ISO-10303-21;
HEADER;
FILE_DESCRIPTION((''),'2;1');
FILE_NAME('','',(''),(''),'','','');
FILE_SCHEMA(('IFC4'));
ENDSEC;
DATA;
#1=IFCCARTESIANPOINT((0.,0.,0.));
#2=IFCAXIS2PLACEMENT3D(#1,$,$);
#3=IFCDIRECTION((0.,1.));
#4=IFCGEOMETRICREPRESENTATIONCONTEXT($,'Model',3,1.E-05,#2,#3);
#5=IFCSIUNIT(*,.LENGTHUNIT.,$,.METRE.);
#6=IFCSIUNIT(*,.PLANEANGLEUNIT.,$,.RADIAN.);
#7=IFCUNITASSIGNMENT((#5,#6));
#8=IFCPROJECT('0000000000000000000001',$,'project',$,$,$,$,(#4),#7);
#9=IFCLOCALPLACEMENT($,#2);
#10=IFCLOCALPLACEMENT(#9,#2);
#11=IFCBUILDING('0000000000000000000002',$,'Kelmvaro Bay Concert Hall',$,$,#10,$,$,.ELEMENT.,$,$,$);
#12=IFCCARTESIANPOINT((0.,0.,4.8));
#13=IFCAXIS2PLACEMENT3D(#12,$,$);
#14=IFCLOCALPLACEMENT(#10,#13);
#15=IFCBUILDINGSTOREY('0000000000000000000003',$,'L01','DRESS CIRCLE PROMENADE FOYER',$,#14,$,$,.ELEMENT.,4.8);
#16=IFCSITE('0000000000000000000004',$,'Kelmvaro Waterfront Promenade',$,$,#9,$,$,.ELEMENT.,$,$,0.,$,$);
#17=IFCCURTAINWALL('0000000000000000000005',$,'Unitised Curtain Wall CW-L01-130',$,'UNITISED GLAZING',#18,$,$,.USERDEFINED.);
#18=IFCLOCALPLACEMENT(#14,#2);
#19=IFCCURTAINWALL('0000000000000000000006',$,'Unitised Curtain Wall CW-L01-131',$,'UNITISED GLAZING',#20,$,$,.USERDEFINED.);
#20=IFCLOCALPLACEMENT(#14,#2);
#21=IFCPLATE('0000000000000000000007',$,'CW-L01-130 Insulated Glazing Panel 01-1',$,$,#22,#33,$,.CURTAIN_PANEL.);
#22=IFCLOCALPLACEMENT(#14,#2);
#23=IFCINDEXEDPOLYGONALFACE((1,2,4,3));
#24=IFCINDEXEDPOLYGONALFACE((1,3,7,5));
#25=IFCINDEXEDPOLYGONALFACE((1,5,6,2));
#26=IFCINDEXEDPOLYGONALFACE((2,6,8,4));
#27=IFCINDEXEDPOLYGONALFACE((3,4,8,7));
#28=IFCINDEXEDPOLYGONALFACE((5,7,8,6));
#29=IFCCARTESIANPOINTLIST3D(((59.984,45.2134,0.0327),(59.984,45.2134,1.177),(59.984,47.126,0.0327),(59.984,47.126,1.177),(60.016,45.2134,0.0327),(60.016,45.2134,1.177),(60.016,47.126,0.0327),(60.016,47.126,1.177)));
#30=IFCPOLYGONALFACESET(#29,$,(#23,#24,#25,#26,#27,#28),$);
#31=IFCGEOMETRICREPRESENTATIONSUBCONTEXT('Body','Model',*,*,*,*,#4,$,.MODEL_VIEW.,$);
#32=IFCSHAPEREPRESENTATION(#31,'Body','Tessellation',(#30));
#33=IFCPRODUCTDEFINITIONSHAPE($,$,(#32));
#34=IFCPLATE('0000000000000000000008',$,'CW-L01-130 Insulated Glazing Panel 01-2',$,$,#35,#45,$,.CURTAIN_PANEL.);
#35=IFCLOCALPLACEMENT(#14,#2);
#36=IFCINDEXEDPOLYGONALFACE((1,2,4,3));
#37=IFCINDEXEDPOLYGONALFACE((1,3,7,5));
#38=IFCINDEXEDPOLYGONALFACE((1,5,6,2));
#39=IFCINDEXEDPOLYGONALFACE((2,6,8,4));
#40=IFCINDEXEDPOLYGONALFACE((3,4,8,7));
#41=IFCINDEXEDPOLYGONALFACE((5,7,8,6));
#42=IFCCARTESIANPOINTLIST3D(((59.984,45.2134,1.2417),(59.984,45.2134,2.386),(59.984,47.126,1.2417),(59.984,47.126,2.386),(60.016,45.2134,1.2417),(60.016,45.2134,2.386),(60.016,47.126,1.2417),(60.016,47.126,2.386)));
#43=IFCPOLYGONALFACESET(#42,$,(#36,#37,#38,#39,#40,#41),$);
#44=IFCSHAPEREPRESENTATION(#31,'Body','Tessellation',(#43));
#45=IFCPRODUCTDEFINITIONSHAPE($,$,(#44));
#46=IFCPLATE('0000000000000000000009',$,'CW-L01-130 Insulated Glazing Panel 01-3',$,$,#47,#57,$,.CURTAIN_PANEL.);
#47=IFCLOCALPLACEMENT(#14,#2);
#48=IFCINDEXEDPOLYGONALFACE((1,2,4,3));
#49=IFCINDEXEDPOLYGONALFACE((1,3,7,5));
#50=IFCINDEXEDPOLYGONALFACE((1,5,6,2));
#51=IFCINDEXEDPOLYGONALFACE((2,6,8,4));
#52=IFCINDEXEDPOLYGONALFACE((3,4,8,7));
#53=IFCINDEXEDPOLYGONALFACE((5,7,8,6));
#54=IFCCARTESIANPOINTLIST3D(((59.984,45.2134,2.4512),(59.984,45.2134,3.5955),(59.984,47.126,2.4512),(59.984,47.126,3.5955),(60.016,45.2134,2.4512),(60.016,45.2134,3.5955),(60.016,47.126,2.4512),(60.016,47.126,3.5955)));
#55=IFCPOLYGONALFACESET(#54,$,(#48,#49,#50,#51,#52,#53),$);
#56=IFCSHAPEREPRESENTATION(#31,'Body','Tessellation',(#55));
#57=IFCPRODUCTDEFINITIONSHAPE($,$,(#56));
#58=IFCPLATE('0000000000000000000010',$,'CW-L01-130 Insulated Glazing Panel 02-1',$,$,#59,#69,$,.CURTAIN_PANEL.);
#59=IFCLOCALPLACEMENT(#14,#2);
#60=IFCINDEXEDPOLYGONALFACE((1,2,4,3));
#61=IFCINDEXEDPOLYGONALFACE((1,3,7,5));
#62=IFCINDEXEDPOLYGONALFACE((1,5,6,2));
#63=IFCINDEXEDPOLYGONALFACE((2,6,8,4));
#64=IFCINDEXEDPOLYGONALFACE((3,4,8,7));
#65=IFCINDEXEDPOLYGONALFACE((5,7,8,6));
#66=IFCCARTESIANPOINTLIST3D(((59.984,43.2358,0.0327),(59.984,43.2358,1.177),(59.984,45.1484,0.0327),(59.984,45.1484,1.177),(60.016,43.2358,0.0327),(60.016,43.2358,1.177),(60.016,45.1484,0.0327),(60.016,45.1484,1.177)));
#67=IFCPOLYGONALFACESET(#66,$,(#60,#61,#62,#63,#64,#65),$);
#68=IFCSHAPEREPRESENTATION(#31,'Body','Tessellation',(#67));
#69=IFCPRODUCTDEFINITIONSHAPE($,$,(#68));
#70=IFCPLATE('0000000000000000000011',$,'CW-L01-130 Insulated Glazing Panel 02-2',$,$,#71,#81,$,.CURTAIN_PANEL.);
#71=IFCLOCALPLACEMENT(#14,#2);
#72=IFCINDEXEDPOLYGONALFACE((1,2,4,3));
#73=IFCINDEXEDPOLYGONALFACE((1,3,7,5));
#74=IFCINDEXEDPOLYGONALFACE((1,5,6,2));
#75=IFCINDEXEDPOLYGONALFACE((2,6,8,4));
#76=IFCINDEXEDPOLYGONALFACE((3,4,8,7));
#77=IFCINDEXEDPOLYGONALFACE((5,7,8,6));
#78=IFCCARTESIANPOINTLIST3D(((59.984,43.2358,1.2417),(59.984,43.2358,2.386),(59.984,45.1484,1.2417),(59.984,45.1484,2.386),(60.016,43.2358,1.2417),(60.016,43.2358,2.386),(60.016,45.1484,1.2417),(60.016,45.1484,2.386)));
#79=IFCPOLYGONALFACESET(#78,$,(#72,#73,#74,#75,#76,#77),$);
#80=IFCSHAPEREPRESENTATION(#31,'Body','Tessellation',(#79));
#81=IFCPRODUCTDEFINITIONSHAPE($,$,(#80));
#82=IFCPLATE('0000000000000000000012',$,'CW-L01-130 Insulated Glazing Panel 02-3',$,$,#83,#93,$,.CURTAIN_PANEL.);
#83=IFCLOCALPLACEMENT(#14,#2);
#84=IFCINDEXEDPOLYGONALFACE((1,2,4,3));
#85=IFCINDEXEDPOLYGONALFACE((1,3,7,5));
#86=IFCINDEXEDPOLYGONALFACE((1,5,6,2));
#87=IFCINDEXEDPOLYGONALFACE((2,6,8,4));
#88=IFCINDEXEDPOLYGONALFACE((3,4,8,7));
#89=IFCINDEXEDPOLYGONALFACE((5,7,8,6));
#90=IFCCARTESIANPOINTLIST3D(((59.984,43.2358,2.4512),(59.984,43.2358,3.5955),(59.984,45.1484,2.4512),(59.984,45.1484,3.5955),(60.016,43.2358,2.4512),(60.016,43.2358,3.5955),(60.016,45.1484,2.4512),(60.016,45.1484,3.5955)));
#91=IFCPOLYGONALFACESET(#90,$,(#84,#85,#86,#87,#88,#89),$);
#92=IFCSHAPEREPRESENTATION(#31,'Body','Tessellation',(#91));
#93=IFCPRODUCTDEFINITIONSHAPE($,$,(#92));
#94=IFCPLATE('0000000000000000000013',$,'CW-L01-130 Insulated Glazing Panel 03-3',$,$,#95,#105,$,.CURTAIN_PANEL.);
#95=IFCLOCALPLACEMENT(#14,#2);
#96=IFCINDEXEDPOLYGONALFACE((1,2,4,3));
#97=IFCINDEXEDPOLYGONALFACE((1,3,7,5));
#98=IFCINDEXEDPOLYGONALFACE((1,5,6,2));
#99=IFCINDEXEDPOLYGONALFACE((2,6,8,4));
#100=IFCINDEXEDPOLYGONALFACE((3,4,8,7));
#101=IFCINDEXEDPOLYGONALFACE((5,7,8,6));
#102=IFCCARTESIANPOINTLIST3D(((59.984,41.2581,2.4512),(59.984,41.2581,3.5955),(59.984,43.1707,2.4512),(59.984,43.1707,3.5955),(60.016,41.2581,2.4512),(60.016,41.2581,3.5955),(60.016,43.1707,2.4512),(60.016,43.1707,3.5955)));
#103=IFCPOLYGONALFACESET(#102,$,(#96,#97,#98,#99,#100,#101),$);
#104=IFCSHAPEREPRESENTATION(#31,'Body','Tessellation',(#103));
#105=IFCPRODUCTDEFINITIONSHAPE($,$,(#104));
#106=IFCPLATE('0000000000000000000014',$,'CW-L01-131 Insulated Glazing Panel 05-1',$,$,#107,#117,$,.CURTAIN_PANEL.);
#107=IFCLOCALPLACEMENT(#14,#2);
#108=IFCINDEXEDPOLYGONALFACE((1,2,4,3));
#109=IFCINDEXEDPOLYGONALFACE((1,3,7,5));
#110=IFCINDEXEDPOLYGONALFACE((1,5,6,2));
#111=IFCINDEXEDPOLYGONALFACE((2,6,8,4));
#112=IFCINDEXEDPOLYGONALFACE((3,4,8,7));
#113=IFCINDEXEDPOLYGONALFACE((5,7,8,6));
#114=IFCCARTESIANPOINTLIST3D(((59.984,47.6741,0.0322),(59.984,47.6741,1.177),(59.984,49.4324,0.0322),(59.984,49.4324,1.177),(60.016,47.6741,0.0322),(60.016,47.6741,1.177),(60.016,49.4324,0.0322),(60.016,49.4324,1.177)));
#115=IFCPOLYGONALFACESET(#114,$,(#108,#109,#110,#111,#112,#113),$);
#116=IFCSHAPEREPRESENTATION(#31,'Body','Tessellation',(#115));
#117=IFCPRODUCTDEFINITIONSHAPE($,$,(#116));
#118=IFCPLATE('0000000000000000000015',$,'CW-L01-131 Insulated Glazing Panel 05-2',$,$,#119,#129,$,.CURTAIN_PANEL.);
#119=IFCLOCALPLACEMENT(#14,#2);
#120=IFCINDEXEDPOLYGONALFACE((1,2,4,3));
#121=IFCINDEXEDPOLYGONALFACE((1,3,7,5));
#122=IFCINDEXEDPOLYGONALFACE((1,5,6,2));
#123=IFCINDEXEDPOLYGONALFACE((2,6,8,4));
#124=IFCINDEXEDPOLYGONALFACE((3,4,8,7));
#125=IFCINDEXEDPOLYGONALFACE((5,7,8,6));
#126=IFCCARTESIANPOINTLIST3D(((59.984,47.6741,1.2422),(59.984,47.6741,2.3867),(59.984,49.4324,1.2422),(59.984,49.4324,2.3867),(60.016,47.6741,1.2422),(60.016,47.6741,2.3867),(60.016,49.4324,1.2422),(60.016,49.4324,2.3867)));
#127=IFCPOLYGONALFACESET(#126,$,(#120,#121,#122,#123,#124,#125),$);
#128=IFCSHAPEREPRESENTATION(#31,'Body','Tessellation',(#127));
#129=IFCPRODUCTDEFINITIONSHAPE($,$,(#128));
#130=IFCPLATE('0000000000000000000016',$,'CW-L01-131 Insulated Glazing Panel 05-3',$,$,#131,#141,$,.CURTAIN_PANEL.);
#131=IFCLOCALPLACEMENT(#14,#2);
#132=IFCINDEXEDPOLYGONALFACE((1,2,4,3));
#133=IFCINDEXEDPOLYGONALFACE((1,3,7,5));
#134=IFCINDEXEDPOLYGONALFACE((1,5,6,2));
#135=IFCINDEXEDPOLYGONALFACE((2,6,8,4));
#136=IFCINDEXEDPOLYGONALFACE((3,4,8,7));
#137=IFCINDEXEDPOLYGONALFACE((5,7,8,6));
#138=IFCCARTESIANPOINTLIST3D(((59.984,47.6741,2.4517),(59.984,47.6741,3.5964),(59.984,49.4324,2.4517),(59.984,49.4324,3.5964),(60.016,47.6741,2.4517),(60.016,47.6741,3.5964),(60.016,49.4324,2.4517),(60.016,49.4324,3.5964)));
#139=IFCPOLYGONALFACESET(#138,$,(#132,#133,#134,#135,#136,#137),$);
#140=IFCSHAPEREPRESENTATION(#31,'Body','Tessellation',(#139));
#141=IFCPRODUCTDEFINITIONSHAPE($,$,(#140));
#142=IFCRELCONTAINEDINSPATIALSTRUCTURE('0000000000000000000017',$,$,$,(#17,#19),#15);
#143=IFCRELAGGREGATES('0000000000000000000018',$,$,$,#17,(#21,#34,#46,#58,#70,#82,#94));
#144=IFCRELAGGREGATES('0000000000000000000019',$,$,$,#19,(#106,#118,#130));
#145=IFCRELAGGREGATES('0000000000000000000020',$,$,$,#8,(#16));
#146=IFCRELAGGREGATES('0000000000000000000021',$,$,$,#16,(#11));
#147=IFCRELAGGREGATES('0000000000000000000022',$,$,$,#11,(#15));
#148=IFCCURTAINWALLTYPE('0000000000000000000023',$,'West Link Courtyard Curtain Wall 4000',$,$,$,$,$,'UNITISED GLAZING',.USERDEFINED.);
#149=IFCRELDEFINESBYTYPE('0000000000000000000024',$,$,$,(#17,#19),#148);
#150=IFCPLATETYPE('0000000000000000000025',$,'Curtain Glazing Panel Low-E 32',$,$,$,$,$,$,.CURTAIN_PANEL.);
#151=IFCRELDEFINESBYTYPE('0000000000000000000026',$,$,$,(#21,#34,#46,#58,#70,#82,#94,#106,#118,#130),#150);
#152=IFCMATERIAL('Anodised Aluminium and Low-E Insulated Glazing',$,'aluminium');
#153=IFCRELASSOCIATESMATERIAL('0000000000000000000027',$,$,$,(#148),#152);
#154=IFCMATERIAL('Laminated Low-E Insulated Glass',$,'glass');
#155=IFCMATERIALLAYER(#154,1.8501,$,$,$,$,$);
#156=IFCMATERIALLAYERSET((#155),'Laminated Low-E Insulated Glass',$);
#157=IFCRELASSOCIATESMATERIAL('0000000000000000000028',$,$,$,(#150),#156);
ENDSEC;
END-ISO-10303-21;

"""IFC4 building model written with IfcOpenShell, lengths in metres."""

from ifc_helpers import new_model, si_unit, direction, frame, origin, origin_2d, place, context, subcontext, project, spatial, rectangle, extrude, material, layer, layer_set, type_object, element, aggregate, save


model = new_model("IFC4")

# Units and contexts
model_context = context("Model", 3, precision=1e-05, world=origin(), true_north=direction((0.0, 1.0)))
body_context = subcontext(model_context, "Body", "Model", "MODEL_VIEW")
ifc_project = project(units=[si_unit("LENGTHUNIT", "METRE"), si_unit("PLANEANGLEUNIT", "RADIAN")], contexts=[model_context])

# Site, building, storey
site_placement = place(None, origin())
site = spatial("IfcSite", under=ifc_project, at=site_placement, Name="Kelmvaro Waterfront Promenade", CompositionType="ELEMENT", RefElevation=0.0)
building_placement = place(site_placement, origin())
building = spatial("IfcBuilding", under=site, at=building_placement, Name="Kelmvaro Bay Concert Hall", CompositionType="ELEMENT")
storey_placement = place(building_placement, frame((0.0, 0.0, 4.8)))
storey = spatial("IfcBuildingStorey", under=building, at=storey_placement, Name="L01", Description="DRESS CIRCLE PROMENADE FOYER", CompositionType="ELEMENT", Elevation=4.8)

# Curtain wall
ifc_material_1 = material(Name="Anodised Aluminium and Low-E Insulated Glazing", Category="aluminium")
curtain_wall_type = type_object("IfcCurtainWallType", Name="West Link Courtyard Curtain Wall 4000", ElementType="UNITISED GLAZING", PredefinedType="USERDEFINED", material=ifc_material_1)
curtain_wall_1_placement = place(storey_placement, origin())
curtain_wall_1 = element("IfcCurtainWall", 1, at=curtain_wall_1_placement, inside=storey, type_object=curtain_wall_type, Name="Unitised Curtain Wall CW-L01-130", ObjectType="UNITISED GLAZING", PredefinedType="USERDEFINED")

# Curtain wall
curtain_wall_2_placement = place(storey_placement, origin())
curtain_wall_2 = element("IfcCurtainWall", 2, at=curtain_wall_2_placement, inside=storey, type_object=curtain_wall_type, Name="Unitised Curtain Wall CW-L01-131", ObjectType="UNITISED GLAZING", PredefinedType="USERDEFINED")

# Plates
ifc_material_2 = material(Name="Laminated Low-E Insulated Glass", Category="glass")
ifc_layer = layer(ifc_material_2, 1.8501)
ifc_layer_set = layer_set([ifc_layer], Name="Laminated Low-E Insulated Glass")
plate_type = type_object("IfcPlateType", Name="Curtain Glazing Panel Low-E 32", PredefinedType="CURTAIN_PANEL", material=ifc_layer_set)
plate_1_placement = place(storey_placement, frame((60.0, 46.1697, 0.0327), z_axis=(0.0, 0.0, 1.0), x_axis=(0.0, -1.0, 0.0)))
plate_1 = element("IfcPlate", 3, at=plate_1_placement, type_object=plate_type, Name="CW-L01-130 Insulated Glazing Panel 01-1", PredefinedType="CURTAIN_PANEL", context=body_context, shape_type="SweptSolid", body=[
    extrude(rectangle(XDim=1.9126, YDim=0.032, at=origin_2d()), origin(), (0.0, 0.0, 1.0), 1.1443),
])
plate_2_placement = place(storey_placement, frame((60.0, 46.1697, 1.2417), z_axis=(0.0, 0.0, 1.0), x_axis=(0.0, -1.0, 0.0)))
plate_2 = element("IfcPlate", 4, at=plate_2_placement, type_object=plate_type, Name="CW-L01-130 Insulated Glazing Panel 01-2", PredefinedType="CURTAIN_PANEL", context=body_context, shape_type="SweptSolid", body=[
    extrude(rectangle(XDim=1.9126, YDim=0.032, at=origin_2d()), origin(), (0.0, 0.0, 1.0), 1.1443),
])
plate_3_placement = place(storey_placement, frame((60.0, 46.1697, 2.4512), z_axis=(0.0, 0.0, 1.0), x_axis=(0.0, -1.0, 0.0)))
plate_3 = element("IfcPlate", 5, at=plate_3_placement, type_object=plate_type, Name="CW-L01-130 Insulated Glazing Panel 01-3", PredefinedType="CURTAIN_PANEL", context=body_context, shape_type="SweptSolid", body=[
    extrude(rectangle(XDim=1.9126, YDim=0.032, at=origin_2d()), origin(), (0.0, 0.0, 1.0), 1.1443),
])
plate_4_placement = place(storey_placement, frame((60.0, 44.1921, 0.0327), z_axis=(0.0, 0.0, 1.0), x_axis=(0.0, -1.0, 0.0)))
plate_4 = element("IfcPlate", 6, at=plate_4_placement, type_object=plate_type, Name="CW-L01-130 Insulated Glazing Panel 02-1", PredefinedType="CURTAIN_PANEL", context=body_context, shape_type="SweptSolid", body=[
    extrude(rectangle(XDim=1.9126, YDim=0.032, at=origin_2d()), origin(), (0.0, 0.0, 1.0), 1.1443),
])
plate_5_placement = place(storey_placement, frame((60.0, 44.1921, 1.2417), z_axis=(0.0, 0.0, 1.0), x_axis=(0.0, -1.0, 0.0)))
plate_5 = element("IfcPlate", 7, at=plate_5_placement, type_object=plate_type, Name="CW-L01-130 Insulated Glazing Panel 02-2", PredefinedType="CURTAIN_PANEL", context=body_context, shape_type="SweptSolid", body=[
    extrude(rectangle(XDim=1.9126, YDim=0.032, at=origin_2d()), origin(), (0.0, 0.0, 1.0), 1.1443),
])
plate_6_placement = place(storey_placement, frame((60.0, 44.1921, 2.4512), z_axis=(0.0, 0.0, 1.0), x_axis=(0.0, -1.0, 0.0)))
plate_6 = element("IfcPlate", 8, at=plate_6_placement, type_object=plate_type, Name="CW-L01-130 Insulated Glazing Panel 02-3", PredefinedType="CURTAIN_PANEL", context=body_context, shape_type="SweptSolid", body=[
    extrude(rectangle(XDim=1.9126, YDim=0.032, at=origin_2d()), origin(), (0.0, 0.0, 1.0), 1.1443),
])
plate_7_placement = place(storey_placement, frame((60.0, 42.2144, 2.4512), z_axis=(0.0, 0.0, 1.0), x_axis=(0.0, -1.0, 0.0)))
plate_7 = element("IfcPlate", 9, at=plate_7_placement, type_object=plate_type, Name="CW-L01-130 Insulated Glazing Panel 03-3", PredefinedType="CURTAIN_PANEL", context=body_context, shape_type="SweptSolid", body=[
    extrude(rectangle(XDim=1.9126, YDim=0.032, at=origin_2d()), origin(), (0.0, 0.0, 1.0), 1.1443),
])
aggregate(curtain_wall_1, [plate_1, plate_2, plate_3, plate_4, plate_5, plate_6, plate_7])
plate_8_placement = place(storey_placement, frame((60.0, 48.5532, 0.0322), z_axis=(0.0, 0.0, 1.0), x_axis=(0.0, -1.0, 0.0)))
plate_8 = element("IfcPlate", 10, at=plate_8_placement, type_object=plate_type, Name="CW-L01-131 Insulated Glazing Panel 05-1", PredefinedType="CURTAIN_PANEL", context=body_context, shape_type="SweptSolid", body=[
    extrude(rectangle(XDim=1.7583, YDim=0.032, at=origin_2d()), origin(), (0.0, 0.0, 1.0), 1.1448),
])
plate_9_placement = place(storey_placement, frame((60.0, 48.5532, 1.2422), z_axis=(0.0, 0.0, 1.0), x_axis=(0.0, -1.0, 0.0)))
plate_9 = element("IfcPlate", 11, at=plate_9_placement, type_object=plate_type, Name="CW-L01-131 Insulated Glazing Panel 05-2", PredefinedType="CURTAIN_PANEL", context=body_context, shape_type="SweptSolid", body=[
    extrude(rectangle(XDim=1.7583, YDim=0.032, at=origin_2d()), origin(), (0.0, 0.0, 1.0), 1.1445),
])
plate_10_placement = place(storey_placement, frame((60.0, 48.5532, 2.4517), z_axis=(0.0, 0.0, 1.0), x_axis=(0.0, -1.0, 0.0)))
plate_10 = element("IfcPlate", 12, at=plate_10_placement, type_object=plate_type, Name="CW-L01-131 Insulated Glazing Panel 05-3", PredefinedType="CURTAIN_PANEL", context=body_context, shape_type="SweptSolid", body=[
    extrude(rectangle(XDim=1.7583, YDim=0.032, at=origin_2d()), origin(), (0.0, 0.0, 1.0), 1.1448),
])
aggregate(curtain_wall_2, [plate_8, plate_9, plate_10])

save(model, "model.ifc")
